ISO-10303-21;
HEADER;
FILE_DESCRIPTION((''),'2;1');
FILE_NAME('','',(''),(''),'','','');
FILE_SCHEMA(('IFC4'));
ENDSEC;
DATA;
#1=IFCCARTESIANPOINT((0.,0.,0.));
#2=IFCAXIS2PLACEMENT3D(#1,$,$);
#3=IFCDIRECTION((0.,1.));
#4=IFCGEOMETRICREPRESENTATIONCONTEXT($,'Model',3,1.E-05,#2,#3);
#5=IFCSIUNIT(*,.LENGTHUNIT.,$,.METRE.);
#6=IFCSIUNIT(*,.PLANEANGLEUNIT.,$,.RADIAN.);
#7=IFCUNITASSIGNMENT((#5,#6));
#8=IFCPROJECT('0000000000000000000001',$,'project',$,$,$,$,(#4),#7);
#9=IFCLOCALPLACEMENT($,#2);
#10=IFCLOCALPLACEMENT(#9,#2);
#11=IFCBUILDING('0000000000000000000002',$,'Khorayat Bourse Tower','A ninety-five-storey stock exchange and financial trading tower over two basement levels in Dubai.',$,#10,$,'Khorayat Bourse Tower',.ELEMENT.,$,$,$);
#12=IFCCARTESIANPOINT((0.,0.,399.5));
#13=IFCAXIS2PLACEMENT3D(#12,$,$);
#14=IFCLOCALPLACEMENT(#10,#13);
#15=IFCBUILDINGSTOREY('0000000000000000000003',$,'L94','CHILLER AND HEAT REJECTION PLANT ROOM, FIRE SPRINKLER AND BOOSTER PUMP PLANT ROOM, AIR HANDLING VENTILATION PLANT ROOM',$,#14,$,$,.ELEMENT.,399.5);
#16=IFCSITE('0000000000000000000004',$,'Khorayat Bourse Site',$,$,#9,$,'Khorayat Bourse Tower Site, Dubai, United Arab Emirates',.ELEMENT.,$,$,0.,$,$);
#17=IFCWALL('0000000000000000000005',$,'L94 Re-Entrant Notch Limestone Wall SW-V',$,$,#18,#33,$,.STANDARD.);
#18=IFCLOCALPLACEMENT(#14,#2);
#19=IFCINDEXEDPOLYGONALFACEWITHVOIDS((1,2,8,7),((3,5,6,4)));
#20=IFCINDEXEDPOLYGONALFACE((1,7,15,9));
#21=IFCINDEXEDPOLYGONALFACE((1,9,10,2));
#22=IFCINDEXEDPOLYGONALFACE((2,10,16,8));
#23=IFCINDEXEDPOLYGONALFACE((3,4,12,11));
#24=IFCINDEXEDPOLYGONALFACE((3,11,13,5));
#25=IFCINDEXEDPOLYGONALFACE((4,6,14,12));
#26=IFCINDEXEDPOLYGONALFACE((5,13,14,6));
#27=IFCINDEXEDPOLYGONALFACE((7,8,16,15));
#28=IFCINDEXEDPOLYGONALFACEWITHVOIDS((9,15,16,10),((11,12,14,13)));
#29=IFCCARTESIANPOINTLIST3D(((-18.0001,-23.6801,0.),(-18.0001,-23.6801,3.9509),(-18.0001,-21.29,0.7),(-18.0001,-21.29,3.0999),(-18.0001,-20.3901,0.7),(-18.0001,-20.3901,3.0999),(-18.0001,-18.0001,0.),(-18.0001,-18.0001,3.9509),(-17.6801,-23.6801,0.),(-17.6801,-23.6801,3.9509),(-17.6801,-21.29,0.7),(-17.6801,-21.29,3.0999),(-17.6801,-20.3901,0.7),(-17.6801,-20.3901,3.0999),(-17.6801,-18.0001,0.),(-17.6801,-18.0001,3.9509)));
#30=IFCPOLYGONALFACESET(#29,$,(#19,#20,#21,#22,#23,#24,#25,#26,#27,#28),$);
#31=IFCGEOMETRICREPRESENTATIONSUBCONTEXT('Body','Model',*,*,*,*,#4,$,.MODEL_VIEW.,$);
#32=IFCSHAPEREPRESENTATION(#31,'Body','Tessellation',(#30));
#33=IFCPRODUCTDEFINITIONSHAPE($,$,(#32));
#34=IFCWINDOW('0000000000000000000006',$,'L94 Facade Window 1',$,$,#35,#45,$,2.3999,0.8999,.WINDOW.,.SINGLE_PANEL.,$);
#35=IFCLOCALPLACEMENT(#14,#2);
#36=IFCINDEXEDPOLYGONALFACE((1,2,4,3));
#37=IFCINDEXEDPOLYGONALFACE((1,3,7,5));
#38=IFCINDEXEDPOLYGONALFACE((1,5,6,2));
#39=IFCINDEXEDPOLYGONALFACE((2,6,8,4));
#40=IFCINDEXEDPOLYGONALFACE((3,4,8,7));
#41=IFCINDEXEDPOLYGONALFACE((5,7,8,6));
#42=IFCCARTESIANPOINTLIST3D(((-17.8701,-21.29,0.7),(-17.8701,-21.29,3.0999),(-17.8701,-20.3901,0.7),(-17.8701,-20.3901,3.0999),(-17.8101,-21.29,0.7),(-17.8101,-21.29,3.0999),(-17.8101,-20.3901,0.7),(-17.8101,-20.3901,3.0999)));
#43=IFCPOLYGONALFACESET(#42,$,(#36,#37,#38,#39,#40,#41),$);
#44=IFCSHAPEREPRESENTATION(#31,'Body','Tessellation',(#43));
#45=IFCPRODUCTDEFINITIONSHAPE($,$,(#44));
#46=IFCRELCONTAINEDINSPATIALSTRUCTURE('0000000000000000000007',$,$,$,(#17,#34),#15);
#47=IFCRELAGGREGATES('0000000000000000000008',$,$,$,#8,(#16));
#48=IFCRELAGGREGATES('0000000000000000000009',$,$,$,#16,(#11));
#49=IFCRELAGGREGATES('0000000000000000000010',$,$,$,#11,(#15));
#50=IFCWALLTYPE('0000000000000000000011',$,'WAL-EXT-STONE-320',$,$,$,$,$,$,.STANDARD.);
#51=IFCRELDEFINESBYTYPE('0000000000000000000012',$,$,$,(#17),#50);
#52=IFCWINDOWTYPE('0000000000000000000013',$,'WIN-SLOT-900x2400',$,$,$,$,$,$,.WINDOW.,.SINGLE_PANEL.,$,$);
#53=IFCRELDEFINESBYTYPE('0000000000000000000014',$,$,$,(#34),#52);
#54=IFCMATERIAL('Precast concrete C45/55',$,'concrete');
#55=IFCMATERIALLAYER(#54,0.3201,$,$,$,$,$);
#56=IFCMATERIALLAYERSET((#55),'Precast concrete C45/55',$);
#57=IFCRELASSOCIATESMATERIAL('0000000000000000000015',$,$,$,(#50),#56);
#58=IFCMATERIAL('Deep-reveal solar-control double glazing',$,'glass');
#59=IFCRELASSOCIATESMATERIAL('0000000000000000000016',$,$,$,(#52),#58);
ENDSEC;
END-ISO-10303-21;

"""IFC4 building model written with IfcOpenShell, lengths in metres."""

from ifc_helpers import new_model, si_unit, direction, frame, frame_2d, origin, place, context, subcontext, project, spatial, rectangle, extrude, source, transform, mapped, material, layer, layer_set, type_object, element, fill, save


model = new_model("IFC4")

# Units and contexts
model_context = context("Model", 3, precision=1e-05, world=origin(), true_north=direction((0.0, 1.0)))
body_context = subcontext(model_context, "Body", "Model", "MODEL_VIEW")
ifc_project = project(units=[si_unit("LENGTHUNIT", "METRE"), si_unit("PLANEANGLEUNIT", "RADIAN")], contexts=[model_context])

# Site, building, storey
site_placement = place(None, origin())
site = spatial("IfcSite", under=ifc_project, at=site_placement, Name="Khorayat Bourse Site", LongName="Khorayat Bourse Tower Site, Dubai, United Arab Emirates", CompositionType="ELEMENT", RefElevation=0.0)
building_placement = place(site_placement, origin())
building = spatial("IfcBuilding", under=site, at=building_placement, Name="Khorayat Bourse Tower", Description="A ninety-five-storey stock exchange and financial trading tower over two basement levels in Dubai.", LongName="Khorayat Bourse Tower", CompositionType="ELEMENT")
storey_placement = place(building_placement, frame((0.0, 0.0, 399.5)))
storey = spatial("IfcBuildingStorey", under=building, at=storey_placement, Name="L94", Description="CHILLER AND HEAT REJECTION PLANT ROOM, FIRE SPRINKLER AND BOOSTER PUMP PLANT ROOM, AIR HANDLING VENTILATION PLANT ROOM", CompositionType="ELEMENT", Elevation=399.5)

# Wall, opening, window
ifc_material_1 = material(Name="Precast concrete C45/55", Category="concrete")
ifc_layer_1 = layer(ifc_material_1, 0.3201)
ifc_layer_set_1 = layer_set([ifc_layer_1], Name="Precast concrete C45/55")
wall_type = type_object("IfcWallType", Name="WAL-EXT-STONE-320", PredefinedType="STANDARD", material=ifc_layer_set_1)
shared_shape_1 = source(origin(), body_context, "Body", "SweptSolid", [
    extrude(rectangle(XDim=5.6799, YDim=0.3201, at=frame_2d((2.8398, 0.0))), origin(), (0.0, 0.0, 1.0), 3.9509),
])
wall_placement = place(storey_placement, frame((-17.8401, -23.6799, 0.0), z_axis=(0.0, 0.0, 1.0), x_axis=(0.0, 1.0, 0.0)))
wall = element("IfcWall", 1, at=wall_placement, inside=storey, type_object=wall_type, Name="L94 Re-Entrant Notch Limestone Wall SW-V", PredefinedType="STANDARD", context=body_context, shape_type="MappedRepresentation", body=[
    mapped(shared_shape_1, transform((0.0, 0.0, 0.0), scale=1.0)),
])
shared_shape_2 = source(origin(), body_context, "Body", "SweptSolid", [
    extrude(rectangle(XDim=0.8999, YDim=2.3999, at=frame_2d((0.45, 1.2))), frame((0.0, 0.1699, 0.0), z_axis=(0.0, -1.0, 0.0), x_axis=(1.0, 0.0, 0.0)), (0.0, 0.0, 1.0), 0.3401),
])
opening_placement = place(wall_placement, frame((2.3899, 0.0, 0.7)))
opening = element("IfcOpeningElement", 2, at=opening_placement, cuts=wall, PredefinedType="OPENING", context=body_context, shape_type="MappedRepresentation", body=[
    mapped(shared_shape_2, transform((0.0, 0.0, 0.0), scale=1.0)),
])
ifc_material_2 = material(Name="Deep-reveal solar-control double glazing", Category="glass")
window_type = type_object("IfcWindowType", Name="WIN-SLOT-900x2400", PartitioningType="SINGLE_PANEL", PredefinedType="WINDOW", material=ifc_material_2)
shared_shape_3 = source(origin(), body_context, "Body", "SweptSolid", [
    extrude(rectangle(XDim=0.8999, YDim=2.3999, at=frame_2d((0.45, 1.2))), frame((0.0, 0.03, 0.0), z_axis=(0.0, -1.0, 0.0), x_axis=(1.0, 0.0, 0.0)), (0.0, 0.0, 1.0), 0.0601),
])
window_placement = place(opening_placement, origin())
window = element("IfcWindow", 3, at=window_placement, inside=storey, type_object=window_type, Name="L94 Facade Window 1", OverallHeight=2.3999, OverallWidth=0.8999, PartitioningType="SINGLE_PANEL", PredefinedType="WINDOW", context=body_context, shape_type="MappedRepresentation", body=[
    mapped(shared_shape_3, transform((0.0, 0.0, 0.0), scale=1.0)),
])
fill(opening, window)

save(model, "model.ifc")
